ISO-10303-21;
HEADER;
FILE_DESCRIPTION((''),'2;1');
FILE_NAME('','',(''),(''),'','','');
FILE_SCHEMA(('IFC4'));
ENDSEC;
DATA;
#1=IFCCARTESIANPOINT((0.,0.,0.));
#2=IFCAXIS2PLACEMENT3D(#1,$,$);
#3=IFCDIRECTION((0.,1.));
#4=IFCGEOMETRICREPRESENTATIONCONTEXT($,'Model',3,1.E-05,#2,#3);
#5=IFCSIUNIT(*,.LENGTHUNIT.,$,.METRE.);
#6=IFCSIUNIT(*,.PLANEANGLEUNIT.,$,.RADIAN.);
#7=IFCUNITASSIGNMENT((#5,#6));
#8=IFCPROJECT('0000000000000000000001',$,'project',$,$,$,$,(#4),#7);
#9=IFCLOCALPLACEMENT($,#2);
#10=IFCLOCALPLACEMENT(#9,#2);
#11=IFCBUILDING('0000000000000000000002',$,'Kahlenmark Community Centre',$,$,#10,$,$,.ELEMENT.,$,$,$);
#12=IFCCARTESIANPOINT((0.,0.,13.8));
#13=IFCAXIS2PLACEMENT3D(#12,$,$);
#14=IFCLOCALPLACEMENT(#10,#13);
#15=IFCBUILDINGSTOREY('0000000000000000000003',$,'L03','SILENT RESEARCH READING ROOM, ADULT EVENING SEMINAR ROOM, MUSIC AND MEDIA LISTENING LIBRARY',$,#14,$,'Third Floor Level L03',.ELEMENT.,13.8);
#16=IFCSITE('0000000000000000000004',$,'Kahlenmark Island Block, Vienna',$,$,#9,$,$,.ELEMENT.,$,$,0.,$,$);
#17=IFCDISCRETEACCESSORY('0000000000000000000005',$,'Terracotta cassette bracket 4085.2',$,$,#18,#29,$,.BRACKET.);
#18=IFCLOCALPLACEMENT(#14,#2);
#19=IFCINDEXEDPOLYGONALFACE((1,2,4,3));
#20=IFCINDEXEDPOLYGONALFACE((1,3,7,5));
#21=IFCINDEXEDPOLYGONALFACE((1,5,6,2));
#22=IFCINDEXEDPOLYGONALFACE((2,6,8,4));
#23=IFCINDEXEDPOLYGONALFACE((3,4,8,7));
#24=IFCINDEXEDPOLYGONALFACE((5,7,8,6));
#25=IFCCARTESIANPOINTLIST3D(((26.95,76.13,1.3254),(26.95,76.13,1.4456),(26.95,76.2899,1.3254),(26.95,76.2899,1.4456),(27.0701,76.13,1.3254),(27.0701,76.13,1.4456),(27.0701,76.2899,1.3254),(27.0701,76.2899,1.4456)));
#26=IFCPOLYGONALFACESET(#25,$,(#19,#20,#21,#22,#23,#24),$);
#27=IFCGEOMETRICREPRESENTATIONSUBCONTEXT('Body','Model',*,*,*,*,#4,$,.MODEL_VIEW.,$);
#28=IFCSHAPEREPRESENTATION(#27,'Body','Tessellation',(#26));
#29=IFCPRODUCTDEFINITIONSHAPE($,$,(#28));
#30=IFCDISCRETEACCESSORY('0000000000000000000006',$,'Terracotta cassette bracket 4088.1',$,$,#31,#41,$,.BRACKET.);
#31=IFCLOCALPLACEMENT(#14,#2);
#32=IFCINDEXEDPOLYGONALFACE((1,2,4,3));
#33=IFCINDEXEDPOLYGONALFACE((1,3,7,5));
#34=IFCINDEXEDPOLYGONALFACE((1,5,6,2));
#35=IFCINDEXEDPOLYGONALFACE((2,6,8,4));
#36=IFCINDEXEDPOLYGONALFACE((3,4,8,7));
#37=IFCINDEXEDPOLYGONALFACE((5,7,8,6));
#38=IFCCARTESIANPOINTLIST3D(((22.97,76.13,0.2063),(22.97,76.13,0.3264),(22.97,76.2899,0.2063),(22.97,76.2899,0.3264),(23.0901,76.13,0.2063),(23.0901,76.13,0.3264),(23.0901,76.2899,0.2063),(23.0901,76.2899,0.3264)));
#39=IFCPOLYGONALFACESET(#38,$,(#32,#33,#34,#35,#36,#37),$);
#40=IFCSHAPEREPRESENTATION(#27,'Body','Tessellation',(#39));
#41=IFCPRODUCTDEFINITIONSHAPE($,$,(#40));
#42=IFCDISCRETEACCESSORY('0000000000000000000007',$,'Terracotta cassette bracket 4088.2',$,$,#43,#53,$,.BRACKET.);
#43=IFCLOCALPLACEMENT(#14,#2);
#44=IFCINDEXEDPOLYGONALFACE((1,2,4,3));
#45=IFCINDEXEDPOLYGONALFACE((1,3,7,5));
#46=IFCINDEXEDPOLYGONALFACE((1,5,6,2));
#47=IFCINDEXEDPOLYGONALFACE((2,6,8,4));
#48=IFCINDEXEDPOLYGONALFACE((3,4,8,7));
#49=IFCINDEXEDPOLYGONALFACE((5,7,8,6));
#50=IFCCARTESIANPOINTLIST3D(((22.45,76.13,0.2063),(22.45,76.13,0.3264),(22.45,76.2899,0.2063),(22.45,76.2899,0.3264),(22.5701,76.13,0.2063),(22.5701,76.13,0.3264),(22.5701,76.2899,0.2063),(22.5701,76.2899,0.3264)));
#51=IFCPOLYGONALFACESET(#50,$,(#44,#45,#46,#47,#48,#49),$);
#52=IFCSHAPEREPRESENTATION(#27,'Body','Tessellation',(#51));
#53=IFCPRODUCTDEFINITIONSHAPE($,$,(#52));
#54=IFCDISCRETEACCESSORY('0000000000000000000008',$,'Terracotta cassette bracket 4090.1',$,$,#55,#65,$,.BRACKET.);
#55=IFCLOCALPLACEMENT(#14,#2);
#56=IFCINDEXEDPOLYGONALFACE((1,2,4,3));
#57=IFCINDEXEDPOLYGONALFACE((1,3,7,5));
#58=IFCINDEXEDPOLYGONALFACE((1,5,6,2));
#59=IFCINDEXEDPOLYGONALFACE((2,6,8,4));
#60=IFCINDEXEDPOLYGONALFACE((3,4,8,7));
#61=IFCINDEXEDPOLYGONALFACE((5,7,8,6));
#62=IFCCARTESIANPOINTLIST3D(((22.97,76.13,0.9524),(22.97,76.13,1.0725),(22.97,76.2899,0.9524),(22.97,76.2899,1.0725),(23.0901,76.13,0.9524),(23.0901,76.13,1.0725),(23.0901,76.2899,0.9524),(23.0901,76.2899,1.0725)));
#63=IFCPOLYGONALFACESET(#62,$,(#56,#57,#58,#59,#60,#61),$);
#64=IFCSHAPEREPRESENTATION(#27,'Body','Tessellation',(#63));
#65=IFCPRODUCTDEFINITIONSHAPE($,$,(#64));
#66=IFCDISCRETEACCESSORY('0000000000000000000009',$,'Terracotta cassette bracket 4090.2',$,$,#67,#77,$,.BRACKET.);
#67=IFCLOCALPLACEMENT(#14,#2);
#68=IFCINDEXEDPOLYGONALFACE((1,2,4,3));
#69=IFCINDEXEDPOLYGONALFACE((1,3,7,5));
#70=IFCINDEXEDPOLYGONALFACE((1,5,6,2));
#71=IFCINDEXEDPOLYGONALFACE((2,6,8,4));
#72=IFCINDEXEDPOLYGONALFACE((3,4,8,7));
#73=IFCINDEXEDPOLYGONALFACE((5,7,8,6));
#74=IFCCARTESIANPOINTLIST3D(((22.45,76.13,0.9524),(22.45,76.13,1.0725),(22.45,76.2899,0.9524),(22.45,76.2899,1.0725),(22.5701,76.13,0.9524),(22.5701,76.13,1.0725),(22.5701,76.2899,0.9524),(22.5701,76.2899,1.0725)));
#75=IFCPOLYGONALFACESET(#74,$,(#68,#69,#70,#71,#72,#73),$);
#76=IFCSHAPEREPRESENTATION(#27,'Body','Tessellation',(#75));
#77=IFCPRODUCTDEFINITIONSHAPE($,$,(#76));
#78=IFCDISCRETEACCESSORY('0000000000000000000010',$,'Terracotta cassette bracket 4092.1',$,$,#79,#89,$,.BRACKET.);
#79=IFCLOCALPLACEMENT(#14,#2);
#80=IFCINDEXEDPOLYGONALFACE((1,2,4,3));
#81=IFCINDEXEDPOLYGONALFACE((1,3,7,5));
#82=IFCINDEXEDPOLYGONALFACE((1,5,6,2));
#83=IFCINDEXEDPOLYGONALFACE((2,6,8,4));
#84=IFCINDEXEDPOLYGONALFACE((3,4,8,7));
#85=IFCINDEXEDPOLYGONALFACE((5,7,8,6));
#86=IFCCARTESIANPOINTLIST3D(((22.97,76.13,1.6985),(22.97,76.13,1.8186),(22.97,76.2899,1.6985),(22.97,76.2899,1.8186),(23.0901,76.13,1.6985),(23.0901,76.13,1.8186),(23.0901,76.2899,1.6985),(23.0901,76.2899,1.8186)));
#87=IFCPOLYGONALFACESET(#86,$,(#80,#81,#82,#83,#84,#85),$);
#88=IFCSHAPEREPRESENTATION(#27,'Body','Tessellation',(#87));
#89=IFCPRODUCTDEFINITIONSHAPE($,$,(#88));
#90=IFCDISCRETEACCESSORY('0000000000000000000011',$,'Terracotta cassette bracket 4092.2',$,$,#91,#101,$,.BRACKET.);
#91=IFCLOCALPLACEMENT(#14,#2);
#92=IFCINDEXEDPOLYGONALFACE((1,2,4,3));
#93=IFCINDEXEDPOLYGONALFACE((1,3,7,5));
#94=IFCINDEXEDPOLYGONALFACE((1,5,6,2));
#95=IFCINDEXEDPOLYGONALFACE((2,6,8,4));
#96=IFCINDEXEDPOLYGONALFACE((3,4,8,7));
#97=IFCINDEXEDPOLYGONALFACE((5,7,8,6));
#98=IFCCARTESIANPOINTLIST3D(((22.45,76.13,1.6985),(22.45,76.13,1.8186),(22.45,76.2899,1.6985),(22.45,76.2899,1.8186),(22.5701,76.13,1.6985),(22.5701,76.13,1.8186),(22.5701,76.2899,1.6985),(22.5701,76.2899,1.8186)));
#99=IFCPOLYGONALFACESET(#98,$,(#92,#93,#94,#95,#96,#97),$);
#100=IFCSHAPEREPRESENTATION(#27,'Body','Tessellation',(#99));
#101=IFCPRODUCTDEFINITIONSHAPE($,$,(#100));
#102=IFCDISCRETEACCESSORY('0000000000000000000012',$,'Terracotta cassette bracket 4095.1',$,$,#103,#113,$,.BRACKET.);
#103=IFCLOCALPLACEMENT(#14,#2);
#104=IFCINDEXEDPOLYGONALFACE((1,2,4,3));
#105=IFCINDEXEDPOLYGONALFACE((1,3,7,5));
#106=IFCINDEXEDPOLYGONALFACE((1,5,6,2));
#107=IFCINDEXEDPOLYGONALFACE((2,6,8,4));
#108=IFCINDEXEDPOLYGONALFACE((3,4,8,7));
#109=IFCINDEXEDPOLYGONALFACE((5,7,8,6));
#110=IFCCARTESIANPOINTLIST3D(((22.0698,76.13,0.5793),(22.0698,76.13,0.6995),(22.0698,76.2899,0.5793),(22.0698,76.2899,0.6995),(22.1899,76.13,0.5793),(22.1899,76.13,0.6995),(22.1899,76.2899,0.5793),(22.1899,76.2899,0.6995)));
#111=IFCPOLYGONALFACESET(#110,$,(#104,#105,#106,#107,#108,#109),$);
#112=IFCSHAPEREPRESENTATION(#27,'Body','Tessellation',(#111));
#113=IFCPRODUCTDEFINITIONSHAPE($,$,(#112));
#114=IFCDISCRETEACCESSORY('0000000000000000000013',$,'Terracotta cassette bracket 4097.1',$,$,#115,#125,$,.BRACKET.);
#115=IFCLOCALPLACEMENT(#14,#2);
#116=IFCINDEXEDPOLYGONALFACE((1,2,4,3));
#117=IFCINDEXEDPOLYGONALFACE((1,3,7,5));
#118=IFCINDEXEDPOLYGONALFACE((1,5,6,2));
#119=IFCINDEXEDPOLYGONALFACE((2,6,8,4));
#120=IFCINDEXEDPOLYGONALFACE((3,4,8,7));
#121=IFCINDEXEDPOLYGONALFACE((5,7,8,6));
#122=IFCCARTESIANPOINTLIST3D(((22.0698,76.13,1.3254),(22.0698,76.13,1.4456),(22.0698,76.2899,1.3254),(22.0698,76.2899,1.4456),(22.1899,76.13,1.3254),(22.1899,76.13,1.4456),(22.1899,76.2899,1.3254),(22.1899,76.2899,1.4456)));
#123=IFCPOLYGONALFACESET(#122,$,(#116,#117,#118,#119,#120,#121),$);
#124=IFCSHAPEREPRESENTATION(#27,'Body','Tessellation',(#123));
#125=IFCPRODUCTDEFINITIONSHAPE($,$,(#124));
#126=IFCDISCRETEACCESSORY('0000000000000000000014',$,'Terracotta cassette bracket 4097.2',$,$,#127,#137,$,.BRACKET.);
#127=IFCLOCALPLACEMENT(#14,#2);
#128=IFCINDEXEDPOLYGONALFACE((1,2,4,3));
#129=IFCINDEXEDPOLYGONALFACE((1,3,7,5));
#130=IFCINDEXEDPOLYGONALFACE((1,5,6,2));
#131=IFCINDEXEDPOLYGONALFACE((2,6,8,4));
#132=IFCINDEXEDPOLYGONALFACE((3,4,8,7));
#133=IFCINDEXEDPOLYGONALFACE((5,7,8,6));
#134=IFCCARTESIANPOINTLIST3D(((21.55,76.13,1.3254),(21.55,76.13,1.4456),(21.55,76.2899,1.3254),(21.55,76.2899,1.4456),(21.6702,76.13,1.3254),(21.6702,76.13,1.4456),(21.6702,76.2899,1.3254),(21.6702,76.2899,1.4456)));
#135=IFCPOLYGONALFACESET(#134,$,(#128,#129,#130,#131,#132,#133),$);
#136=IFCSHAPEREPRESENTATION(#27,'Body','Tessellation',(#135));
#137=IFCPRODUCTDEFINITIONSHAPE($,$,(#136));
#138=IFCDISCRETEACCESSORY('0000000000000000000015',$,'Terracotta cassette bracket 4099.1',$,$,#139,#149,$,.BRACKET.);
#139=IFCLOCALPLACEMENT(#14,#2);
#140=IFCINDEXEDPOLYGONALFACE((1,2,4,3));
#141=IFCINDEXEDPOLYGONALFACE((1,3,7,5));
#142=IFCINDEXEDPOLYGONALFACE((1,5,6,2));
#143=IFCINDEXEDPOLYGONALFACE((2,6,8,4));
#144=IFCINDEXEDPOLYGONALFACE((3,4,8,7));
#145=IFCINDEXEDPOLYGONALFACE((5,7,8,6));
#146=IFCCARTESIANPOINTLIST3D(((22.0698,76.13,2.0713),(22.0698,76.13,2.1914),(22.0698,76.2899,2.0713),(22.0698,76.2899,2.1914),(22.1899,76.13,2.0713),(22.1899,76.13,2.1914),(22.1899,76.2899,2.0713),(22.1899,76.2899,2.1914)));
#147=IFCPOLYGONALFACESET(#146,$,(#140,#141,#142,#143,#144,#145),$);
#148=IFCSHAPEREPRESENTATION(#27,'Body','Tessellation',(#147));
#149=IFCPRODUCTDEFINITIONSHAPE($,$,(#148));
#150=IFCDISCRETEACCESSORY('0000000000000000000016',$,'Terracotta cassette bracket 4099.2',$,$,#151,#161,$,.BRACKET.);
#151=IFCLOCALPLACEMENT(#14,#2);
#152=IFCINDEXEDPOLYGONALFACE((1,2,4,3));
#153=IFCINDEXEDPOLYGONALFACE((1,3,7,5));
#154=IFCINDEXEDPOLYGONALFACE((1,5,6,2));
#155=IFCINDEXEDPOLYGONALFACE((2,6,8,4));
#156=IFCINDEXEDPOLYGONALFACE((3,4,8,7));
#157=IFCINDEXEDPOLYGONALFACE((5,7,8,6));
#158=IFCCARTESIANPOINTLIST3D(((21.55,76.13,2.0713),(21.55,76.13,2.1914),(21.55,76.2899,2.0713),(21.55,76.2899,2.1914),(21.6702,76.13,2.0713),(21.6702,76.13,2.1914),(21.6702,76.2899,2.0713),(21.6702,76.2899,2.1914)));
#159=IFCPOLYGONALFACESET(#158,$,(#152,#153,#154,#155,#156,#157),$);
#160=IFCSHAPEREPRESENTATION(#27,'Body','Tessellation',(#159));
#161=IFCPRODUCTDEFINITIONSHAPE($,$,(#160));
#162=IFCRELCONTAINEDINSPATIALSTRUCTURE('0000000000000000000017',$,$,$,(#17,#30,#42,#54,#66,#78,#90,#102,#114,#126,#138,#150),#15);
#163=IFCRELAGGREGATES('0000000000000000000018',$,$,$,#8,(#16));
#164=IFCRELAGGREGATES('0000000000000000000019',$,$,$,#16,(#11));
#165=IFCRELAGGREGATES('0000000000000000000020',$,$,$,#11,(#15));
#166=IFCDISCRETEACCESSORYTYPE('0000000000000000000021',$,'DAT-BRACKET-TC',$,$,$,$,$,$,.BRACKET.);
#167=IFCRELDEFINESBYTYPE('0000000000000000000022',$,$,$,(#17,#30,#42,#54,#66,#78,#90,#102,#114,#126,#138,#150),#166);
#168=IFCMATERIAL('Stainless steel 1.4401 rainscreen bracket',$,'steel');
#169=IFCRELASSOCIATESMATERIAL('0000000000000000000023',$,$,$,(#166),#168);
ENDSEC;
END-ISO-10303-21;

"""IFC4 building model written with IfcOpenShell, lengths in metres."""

from ifc_helpers import new_model, si_unit, direction, frame, origin, origin_2d, place, context, subcontext, project, spatial, rectangle, extrude, material, type_object, element, save


model = new_model("IFC4")

# Units and contexts
model_context = context("Model", 3, precision=1e-05, world=origin(), true_north=direction((0.0, 1.0)))
body_context = subcontext(model_context, "Body", "Model", "MODEL_VIEW")
ifc_project = project(units=[si_unit("LENGTHUNIT", "METRE"), si_unit("PLANEANGLEUNIT", "RADIAN")], contexts=[model_context])

# Site, building, storey
site_placement = place(None, origin())
site = spatial("IfcSite", under=ifc_project, at=site_placement, Name="Kahlenmark Island Block, Vienna", CompositionType="ELEMENT", RefElevation=0.0)
building_placement = place(site_placement, origin())
building = spatial("IfcBuilding", under=site, at=building_placement, Name="Kahlenmark Community Centre", CompositionType="ELEMENT")
storey_placement = place(building_placement, frame((0.0, 0.0, 13.8)))
storey = spatial("IfcBuildingStorey", under=building, at=storey_placement, Name="L03", Description="SILENT RESEARCH READING ROOM, ADULT EVENING SEMINAR ROOM, MUSIC AND MEDIA LISTENING LIBRARY", LongName="Third Floor Level L03", CompositionType="ELEMENT", Elevation=13.8)

# Discrete accessories
ifc_material_1 = material(Name="Stainless steel 1.4401 rainscreen bracket", Category="steel")
discrete_accessory_type = type_object("IfcDiscreteAccessoryType", Name="DAT-BRACKET-TC", PredefinedType="BRACKET", material=ifc_material_1)
for number, where, z_axis, x_axis, name in (
    (1, (27.01, 76.21, 1.3254), (0.0, 0.0, 1.0), (-1.0, 0.0, 0.0), "Terracotta cassette bracket 4085.2"),
    (2, (23.03, 76.21, 0.2063), (0.0, 0.0, 1.0), (-1.0, 0.0, 0.0), "Terracotta cassette bracket 4088.1"),
    (3, (22.51, 76.21, 0.2063), (0.0, 0.0, 1.0), (-1.0, 0.0, 0.0), "Terracotta cassette bracket 4088.2"),
    (4, (23.03, 76.21, 0.9524), (0.0, 0.0, 1.0), (-1.0, 0.0, 0.0), "Terracotta cassette bracket 4090.1"),
    (5, (22.51, 76.21, 0.9524), (0.0, 0.0, 1.0), (-1.0, 0.0, 0.0), "Terracotta cassette bracket 4090.2"),
    (6, (23.03, 76.21, 1.6985), (0.0, 0.0, 1.0), (-1.0, 0.0, 0.0), "Terracotta cassette bracket 4092.1"),
    (7, (22.51, 76.21, 1.6985), (0.0, 0.0, 1.0), (-1.0, 0.0, 0.0), "Terracotta cassette bracket 4092.2"),
    (8, (22.1299, 76.21, 0.5793), (0.0, 0.0, 1.0), (-1.0, 0.0, 0.0), "Terracotta cassette bracket 4095.1"),
    (9, (22.1299, 76.21, 1.3254), (0.0, 0.0, 1.0), (-1.0, 0.0, 0.0), "Terracotta cassette bracket 4097.1"),
    (10, (21.6101, 76.21, 1.3254), (0.0, 0.0, 1.0), (-1.0, 0.0, 0.0), "Terracotta cassette bracket 4097.2"),
    (11, (22.1299, 76.21, 2.0713), (0.0, 0.0, 1.0), (-1.0, 0.0, 0.0), "Terracotta cassette bracket 4099.1"),
    (12, (21.6101, 76.21, 2.0713), (0.0, 0.0, 1.0), (-1.0, 0.0, 0.0), "Terracotta cassette bracket 4099.2"),
):
    element("IfcDiscreteAccessory", number, at=place(storey_placement, frame(where, z_axis=z_axis, x_axis=x_axis)), inside=storey, type_object=discrete_accessory_type, Name=name, PredefinedType="BRACKET", context=body_context, shape_type="SweptSolid", body=[
        extrude(rectangle(XDim=0.1201, YDim=0.1599, at=origin_2d()), origin(), (0.0, 0.0, 1.0), 0.1201),
    ])

save(model, "model.ifc")
